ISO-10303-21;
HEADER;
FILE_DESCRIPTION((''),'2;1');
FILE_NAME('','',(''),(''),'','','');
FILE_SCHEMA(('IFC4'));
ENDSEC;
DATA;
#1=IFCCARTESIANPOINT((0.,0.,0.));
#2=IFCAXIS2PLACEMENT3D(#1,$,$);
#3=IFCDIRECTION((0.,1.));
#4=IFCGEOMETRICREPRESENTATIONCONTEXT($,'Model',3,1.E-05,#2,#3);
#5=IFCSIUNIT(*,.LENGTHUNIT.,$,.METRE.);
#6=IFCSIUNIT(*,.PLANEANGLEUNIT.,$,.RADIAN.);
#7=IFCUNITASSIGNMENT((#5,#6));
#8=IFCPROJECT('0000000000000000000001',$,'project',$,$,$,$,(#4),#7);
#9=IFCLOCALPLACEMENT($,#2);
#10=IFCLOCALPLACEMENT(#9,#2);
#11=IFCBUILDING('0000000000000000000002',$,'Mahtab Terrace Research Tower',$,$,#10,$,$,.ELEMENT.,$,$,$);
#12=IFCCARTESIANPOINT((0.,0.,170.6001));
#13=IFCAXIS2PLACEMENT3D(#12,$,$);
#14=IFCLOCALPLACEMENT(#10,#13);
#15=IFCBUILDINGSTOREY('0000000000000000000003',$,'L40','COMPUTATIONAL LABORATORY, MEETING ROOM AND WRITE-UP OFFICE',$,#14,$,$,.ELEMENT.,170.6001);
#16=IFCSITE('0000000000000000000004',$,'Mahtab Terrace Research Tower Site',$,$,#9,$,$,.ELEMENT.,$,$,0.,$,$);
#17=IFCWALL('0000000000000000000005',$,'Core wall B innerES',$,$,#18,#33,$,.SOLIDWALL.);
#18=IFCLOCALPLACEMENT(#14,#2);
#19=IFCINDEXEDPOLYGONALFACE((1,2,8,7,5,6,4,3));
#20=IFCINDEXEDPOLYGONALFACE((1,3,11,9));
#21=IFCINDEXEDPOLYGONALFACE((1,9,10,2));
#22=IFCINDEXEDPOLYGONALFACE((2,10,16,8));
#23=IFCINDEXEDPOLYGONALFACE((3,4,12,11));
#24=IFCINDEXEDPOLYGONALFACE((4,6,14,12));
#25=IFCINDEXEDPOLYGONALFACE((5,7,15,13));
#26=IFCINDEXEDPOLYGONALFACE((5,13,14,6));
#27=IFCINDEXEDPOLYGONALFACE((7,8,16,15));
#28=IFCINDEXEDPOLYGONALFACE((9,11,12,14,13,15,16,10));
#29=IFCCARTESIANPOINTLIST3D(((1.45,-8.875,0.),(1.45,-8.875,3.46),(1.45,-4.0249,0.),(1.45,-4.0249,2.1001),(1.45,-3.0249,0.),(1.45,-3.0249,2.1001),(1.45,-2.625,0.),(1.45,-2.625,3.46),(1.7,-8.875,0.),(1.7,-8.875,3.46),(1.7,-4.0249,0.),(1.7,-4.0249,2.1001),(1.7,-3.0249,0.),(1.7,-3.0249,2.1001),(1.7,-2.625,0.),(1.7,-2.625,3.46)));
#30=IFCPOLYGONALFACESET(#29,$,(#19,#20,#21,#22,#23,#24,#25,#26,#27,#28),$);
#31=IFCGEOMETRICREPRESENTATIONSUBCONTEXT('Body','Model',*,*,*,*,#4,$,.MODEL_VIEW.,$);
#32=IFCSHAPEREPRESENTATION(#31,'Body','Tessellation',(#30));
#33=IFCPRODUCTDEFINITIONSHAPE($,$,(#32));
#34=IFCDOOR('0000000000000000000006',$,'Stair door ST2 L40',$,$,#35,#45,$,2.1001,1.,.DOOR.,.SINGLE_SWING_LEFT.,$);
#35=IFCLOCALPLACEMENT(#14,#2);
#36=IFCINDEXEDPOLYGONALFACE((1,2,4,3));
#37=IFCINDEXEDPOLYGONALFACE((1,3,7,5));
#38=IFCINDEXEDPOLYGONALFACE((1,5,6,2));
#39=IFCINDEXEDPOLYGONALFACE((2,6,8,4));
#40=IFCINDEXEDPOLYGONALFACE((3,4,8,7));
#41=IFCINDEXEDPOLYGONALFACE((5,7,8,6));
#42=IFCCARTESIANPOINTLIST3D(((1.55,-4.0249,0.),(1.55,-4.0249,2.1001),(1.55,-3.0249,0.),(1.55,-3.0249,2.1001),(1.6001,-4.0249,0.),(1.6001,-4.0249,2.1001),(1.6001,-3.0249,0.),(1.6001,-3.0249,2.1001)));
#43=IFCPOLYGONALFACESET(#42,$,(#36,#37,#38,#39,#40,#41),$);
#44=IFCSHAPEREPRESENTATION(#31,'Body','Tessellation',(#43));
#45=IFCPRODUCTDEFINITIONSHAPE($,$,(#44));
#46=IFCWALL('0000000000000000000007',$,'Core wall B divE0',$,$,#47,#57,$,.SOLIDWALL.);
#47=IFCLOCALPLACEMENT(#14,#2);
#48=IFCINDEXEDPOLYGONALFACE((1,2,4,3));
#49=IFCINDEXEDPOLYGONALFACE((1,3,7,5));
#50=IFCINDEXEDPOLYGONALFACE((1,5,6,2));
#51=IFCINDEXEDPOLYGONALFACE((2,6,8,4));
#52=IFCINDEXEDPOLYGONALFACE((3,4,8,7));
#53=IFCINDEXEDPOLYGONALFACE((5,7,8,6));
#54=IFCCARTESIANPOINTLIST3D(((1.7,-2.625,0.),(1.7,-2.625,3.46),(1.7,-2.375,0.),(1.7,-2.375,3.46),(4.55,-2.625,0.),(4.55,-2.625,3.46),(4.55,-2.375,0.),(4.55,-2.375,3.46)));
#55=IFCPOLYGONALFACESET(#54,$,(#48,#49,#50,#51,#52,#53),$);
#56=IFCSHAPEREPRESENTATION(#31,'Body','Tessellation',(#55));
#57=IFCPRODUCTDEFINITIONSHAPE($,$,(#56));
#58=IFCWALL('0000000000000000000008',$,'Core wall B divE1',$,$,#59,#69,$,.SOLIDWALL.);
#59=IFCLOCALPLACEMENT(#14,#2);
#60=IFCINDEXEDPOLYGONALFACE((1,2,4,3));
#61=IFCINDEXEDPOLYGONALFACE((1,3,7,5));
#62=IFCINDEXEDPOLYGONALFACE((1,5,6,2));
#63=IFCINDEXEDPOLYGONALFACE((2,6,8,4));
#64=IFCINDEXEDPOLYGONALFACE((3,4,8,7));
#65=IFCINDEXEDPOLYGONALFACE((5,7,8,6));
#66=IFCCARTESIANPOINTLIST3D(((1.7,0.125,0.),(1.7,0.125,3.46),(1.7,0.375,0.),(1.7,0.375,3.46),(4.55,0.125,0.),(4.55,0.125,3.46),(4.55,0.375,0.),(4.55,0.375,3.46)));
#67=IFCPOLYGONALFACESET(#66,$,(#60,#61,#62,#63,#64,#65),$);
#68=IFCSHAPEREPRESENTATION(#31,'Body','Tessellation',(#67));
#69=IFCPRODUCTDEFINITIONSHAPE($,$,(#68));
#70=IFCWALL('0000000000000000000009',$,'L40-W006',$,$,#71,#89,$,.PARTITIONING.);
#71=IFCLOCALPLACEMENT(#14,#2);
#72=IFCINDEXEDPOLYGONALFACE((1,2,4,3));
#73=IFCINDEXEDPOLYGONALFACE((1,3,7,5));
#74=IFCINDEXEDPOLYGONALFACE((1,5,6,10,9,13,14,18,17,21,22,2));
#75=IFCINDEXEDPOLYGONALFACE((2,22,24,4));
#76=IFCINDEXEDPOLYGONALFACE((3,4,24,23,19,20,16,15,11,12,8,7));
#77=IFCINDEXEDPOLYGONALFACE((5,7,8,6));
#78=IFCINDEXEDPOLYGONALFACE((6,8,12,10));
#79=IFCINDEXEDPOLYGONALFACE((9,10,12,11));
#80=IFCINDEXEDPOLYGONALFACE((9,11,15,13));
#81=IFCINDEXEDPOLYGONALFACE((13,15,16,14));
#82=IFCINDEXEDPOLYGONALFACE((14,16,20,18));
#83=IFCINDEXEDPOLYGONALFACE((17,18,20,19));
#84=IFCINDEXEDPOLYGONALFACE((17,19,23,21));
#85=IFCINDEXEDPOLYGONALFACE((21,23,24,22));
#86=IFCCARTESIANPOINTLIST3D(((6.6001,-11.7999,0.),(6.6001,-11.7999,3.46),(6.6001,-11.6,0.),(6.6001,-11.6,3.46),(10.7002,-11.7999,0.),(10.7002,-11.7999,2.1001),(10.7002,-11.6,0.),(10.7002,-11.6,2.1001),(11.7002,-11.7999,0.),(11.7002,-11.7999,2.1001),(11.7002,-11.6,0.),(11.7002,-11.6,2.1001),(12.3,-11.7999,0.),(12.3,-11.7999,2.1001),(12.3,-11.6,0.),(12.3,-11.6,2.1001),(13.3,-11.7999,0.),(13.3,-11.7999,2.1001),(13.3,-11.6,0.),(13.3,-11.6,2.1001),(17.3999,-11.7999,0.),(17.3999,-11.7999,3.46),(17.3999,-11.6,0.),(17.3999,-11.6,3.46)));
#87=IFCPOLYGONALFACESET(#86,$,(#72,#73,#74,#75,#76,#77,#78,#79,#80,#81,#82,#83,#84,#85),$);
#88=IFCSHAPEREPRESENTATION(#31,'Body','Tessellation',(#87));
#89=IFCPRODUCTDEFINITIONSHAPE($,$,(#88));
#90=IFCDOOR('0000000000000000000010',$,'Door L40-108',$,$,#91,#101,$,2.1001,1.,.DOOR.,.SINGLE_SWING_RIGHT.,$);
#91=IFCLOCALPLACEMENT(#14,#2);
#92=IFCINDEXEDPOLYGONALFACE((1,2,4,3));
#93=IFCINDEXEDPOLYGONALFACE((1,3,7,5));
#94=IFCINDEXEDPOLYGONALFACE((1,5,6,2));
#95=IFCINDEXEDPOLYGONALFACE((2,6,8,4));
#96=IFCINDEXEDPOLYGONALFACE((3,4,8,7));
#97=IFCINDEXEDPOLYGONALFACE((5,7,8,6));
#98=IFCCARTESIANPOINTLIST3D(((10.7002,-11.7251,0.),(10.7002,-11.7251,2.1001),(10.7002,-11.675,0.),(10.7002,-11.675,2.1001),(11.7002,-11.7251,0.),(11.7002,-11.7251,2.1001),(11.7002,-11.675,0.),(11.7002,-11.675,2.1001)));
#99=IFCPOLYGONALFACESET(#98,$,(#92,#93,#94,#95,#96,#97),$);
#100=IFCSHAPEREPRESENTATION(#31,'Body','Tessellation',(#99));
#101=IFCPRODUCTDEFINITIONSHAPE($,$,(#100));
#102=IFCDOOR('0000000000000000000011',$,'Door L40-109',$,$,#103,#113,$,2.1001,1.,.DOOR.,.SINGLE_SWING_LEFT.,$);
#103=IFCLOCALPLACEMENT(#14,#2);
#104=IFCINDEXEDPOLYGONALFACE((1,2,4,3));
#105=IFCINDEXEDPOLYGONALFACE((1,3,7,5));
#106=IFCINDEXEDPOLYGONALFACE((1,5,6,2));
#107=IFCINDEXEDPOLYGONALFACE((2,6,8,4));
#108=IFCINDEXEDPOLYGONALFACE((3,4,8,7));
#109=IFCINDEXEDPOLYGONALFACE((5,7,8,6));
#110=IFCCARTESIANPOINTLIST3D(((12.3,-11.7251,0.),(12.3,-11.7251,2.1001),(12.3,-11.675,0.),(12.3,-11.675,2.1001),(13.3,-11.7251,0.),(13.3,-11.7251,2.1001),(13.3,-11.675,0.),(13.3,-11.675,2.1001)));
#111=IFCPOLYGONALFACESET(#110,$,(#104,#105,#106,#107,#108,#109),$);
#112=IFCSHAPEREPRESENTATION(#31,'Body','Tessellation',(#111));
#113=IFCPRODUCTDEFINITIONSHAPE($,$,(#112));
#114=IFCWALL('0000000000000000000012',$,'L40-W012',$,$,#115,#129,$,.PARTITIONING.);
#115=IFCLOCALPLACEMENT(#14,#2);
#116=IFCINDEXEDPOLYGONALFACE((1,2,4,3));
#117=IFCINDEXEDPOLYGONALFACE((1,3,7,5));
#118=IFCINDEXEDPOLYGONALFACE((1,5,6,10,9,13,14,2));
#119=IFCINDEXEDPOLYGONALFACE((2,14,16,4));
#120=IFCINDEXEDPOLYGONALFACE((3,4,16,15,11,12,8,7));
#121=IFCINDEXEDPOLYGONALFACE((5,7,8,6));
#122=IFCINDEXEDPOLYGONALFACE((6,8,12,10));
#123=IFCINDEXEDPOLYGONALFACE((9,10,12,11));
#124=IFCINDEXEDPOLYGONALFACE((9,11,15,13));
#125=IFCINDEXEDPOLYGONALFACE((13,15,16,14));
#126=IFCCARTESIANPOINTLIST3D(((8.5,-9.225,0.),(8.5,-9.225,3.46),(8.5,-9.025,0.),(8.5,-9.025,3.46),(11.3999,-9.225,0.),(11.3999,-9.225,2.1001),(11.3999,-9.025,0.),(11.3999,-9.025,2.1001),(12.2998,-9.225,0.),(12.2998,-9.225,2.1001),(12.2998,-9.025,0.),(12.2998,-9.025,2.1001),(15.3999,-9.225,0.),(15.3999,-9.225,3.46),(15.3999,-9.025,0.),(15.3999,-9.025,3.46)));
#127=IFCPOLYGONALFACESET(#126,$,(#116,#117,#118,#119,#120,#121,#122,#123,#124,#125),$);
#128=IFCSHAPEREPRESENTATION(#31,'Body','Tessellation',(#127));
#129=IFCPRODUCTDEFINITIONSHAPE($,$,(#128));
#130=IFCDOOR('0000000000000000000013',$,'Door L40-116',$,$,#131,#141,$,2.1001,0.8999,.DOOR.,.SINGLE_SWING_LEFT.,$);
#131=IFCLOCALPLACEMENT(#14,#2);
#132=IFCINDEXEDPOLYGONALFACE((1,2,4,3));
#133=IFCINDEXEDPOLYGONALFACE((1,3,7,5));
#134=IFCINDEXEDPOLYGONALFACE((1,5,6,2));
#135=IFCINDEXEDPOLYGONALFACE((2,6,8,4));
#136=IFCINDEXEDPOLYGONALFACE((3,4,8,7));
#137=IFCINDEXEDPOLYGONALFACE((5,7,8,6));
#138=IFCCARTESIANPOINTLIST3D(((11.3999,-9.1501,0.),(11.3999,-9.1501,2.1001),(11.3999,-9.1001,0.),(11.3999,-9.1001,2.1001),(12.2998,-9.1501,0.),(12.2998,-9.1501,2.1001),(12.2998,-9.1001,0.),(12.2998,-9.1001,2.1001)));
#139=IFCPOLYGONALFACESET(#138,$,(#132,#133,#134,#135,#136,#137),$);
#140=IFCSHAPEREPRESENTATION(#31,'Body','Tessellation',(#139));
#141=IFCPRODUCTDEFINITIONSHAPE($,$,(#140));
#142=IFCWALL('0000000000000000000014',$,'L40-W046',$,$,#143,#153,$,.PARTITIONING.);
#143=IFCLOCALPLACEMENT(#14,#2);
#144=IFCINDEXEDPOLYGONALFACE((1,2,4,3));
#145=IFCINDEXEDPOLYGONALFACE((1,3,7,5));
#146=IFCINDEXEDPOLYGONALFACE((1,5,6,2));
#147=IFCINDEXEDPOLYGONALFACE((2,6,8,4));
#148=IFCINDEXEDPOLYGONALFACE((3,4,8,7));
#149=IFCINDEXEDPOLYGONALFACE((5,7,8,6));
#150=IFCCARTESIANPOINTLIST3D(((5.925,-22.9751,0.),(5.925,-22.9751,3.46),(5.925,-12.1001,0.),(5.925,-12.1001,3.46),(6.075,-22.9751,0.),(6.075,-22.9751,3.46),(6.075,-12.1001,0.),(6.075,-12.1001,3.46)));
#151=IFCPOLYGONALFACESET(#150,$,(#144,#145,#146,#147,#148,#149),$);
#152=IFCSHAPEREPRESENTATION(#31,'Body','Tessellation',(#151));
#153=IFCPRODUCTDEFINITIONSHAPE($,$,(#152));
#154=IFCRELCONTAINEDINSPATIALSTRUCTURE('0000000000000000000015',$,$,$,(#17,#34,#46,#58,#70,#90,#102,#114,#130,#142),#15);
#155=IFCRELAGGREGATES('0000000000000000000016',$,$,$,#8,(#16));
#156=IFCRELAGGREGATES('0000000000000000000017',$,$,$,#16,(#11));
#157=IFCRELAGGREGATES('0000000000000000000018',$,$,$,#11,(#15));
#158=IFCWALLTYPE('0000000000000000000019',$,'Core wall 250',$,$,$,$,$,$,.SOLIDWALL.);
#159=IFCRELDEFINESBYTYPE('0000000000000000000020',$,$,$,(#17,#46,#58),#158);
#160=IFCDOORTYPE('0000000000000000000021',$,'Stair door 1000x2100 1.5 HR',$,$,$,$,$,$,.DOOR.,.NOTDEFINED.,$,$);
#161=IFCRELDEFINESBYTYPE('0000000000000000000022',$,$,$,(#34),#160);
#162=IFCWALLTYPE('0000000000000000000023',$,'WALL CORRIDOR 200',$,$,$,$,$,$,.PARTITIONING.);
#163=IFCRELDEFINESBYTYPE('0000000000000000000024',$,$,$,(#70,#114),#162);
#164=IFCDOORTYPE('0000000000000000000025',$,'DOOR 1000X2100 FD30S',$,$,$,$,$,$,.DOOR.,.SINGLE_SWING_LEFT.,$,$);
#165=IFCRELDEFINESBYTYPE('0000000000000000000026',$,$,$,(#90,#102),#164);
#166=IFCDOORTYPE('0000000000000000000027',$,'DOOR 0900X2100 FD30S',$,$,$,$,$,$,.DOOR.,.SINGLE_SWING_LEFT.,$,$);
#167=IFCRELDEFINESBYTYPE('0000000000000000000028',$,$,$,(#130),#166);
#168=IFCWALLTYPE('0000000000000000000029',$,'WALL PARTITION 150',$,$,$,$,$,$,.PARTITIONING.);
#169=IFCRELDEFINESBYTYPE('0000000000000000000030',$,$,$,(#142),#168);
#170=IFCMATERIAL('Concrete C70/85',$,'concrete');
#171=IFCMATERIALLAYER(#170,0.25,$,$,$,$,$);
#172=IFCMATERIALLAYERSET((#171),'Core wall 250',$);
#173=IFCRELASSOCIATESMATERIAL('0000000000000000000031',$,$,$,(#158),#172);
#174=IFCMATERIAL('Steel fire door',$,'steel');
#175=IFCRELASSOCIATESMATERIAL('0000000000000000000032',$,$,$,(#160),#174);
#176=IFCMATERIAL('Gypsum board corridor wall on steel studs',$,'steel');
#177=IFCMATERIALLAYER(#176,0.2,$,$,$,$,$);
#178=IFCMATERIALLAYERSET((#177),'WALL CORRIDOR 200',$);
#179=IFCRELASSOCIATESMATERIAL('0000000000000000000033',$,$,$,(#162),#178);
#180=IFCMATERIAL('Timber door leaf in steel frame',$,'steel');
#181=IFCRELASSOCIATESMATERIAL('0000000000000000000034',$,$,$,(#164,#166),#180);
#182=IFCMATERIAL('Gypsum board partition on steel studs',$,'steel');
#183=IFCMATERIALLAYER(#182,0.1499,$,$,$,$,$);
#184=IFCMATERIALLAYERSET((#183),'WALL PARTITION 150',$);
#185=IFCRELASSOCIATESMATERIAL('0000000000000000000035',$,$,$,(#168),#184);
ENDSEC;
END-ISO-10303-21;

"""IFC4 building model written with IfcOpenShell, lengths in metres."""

from ifc_helpers import new_model, si_unit, direction, frame, frame_2d, origin, place, context, subcontext, project, spatial, rectangle, extrude, material, layer, layer_set, type_object, element, fill, save


model = new_model("IFC4")

# Units and contexts
model_context = context("Model", 3, precision=1e-05, world=origin(), true_north=direction((0.0, 1.0)))
body_context = subcontext(model_context, "Body", "Model", "MODEL_VIEW")
ifc_project = project(units=[si_unit("LENGTHUNIT", "METRE"), si_unit("PLANEANGLEUNIT", "RADIAN")], contexts=[model_context])

# Site, building, storey
site_placement = place(None, origin())
site = spatial("IfcSite", under=ifc_project, at=site_placement, Name="Mahtab Terrace Research Tower Site", CompositionType="ELEMENT", RefElevation=0.0)
building_placement = place(site_placement, origin())
building = spatial("IfcBuilding", under=site, at=building_placement, Name="Mahtab Terrace Research Tower", CompositionType="ELEMENT")
storey_placement = place(building_placement, frame((0.0, 0.0, 170.6001)))
storey = spatial("IfcBuildingStorey", under=building, at=storey_placement, Name="L40", Description="COMPUTATIONAL LABORATORY, MEETING ROOM AND WRITE-UP OFFICE", CompositionType="ELEMENT", Elevation=170.6001)

# Shared definitions
ifc_material_1 = material(Name="Concrete C70/85", Category="concrete")

# Shared definitions
ifc_layer_1 = layer(ifc_material_1, 0.25)
ifc_layer_set_1 = layer_set([ifc_layer_1], Name="Core wall 250")
wall_type_1 = type_object("IfcWallType", Name="Core wall 250", PredefinedType="SOLIDWALL", material=ifc_layer_set_1)

# Wall, opening, door
ifc_material_2 = material(Name="Steel fire door", Category="steel")
wall_1_placement = place(storey_placement, frame((1.575, -8.875, 0.0), z_axis=(0.0, 0.0, 1.0), x_axis=(0.0, 1.0, 0.0)))
wall_1 = element("IfcWall", 1, at=wall_1_placement, inside=storey, type_object=wall_type_1, Name="Core wall B innerES", PredefinedType="SOLIDWALL", context=body_context, shape_type="SweptSolid", body=[
    extrude(rectangle(XDim=6.25, YDim=0.25, at=frame_2d((3.125, 0.0))), origin(), (0.0, 0.0, 1.0), 3.46),
])
opening_1_placement = place(wall_1_placement, frame((4.8501, 0.0, 0.0)))
opening_1 = element("IfcOpeningElement", 2, at=opening_1_placement, cuts=wall_1, PredefinedType="OPENING", context=body_context, shape_type="SweptSolid", body=[
    extrude(rectangle(XDim=1.0, YDim=2.1001, at=frame_2d((0.5, 1.05))), frame((0.0, 0.135, 0.0), z_axis=(0.0, -1.0, 0.0), x_axis=(1.0, 0.0, 0.0)), (0.0, 0.0, 1.0), 0.27),
])
door_type_1 = type_object("IfcDoorType", Name="Stair door 1000x2100 1.5 HR", OperationType="NOTDEFINED", PredefinedType="DOOR", material=ifc_material_2)
door_1_placement = place(opening_1_placement, origin())
door_1 = element("IfcDoor", 3, at=door_1_placement, inside=storey, type_object=door_type_1, Name="Stair door ST2 L40", OperationType="SINGLE_SWING_LEFT", OverallHeight=2.1001, OverallWidth=1.0, PredefinedType="DOOR", context=body_context, shape_type="SweptSolid", body=[
    extrude(rectangle(XDim=1.0, YDim=2.1001, at=frame_2d((0.5, 1.05))), frame((0.0, 0.0249, 0.0), z_axis=(0.0, -1.0, 0.0), x_axis=(1.0, 0.0, 0.0)), (0.0, 0.0, 1.0), 0.05),
])
fill(opening_1, door_1)

# Walls
for number, where, z_axis, x_axis, name in (
    (4, (1.7, -2.5, 0.0), (0.0, 0.0, 1.0), (1.0, 0.0, 0.0), "Core wall B divE0"),
    (5, (1.7, 0.25, 0.0), (0.0, 0.0, 1.0), (1.0, 0.0, 0.0), "Core wall B divE1"),
):
    element("IfcWall", number, at=place(storey_placement, frame(where, z_axis=z_axis, x_axis=x_axis)), inside=storey, type_object=wall_type_1, Name=name, PredefinedType="SOLIDWALL", context=body_context, shape_type="SweptSolid", body=[
        extrude(rectangle(XDim=2.8501, YDim=0.25, at=frame_2d((1.425, 0.0))), origin(), (0.0, 0.0, 1.0), 3.46),
    ])

# Wall, openings, doors
ifc_material_3 = material(Name="Gypsum board corridor wall on steel studs", Category="steel")
ifc_layer_2 = layer(ifc_material_3, 0.2)
ifc_layer_set_2 = layer_set([ifc_layer_2], Name="WALL CORRIDOR 200")
wall_type_2 = type_object("IfcWallType", Name="WALL CORRIDOR 200", PredefinedType="PARTITIONING", material=ifc_layer_set_2)
wall_2_placement = place(storey_placement, frame((6.6001, -11.7, 0.0), z_axis=(0.0, 0.0, 1.0), x_axis=(1.0, 0.0, 0.0)))
wall_2 = element("IfcWall", 6, at=wall_2_placement, inside=storey, type_object=wall_type_2, Name="L40-W006", PredefinedType="PARTITIONING", context=body_context, shape_type="SweptSolid", body=[
    extrude(rectangle(XDim=10.7998, YDim=0.2, at=frame_2d((5.3999, 0.0))), origin(), (0.0, 0.0, 1.0), 3.46),
])
opening_2_placement = place(wall_2_placement, frame((4.1001, 0.0, 0.0)))
opening_2 = element("IfcOpeningElement", 7, at=opening_2_placement, cuts=wall_2, PredefinedType="OPENING", context=body_context, shape_type="SweptSolid", body=[
    extrude(rectangle(XDim=1.0, YDim=2.1001, at=frame_2d((0.5, 1.05))), frame((0.0, 0.1099, 0.0), z_axis=(0.0, -1.0, 0.0), x_axis=(1.0, 0.0, 0.0)), (0.0, 0.0, 1.0), 0.22),
])
opening_3_placement = place(wall_2_placement, frame((5.7, 0.0, 0.0)))
opening_3 = element("IfcOpeningElement", 8, at=opening_3_placement, cuts=wall_2, PredefinedType="OPENING", context=body_context, shape_type="SweptSolid", body=[
    extrude(rectangle(XDim=1.0, YDim=2.1001, at=frame_2d((0.5, 1.05))), frame((0.0, 0.1099, 0.0), z_axis=(0.0, -1.0, 0.0), x_axis=(1.0, 0.0, 0.0)), (0.0, 0.0, 1.0), 0.22),
])
ifc_material_4 = material(Name="Timber door leaf in steel frame", Category="steel")
door_type_2 = type_object("IfcDoorType", Name="DOOR 1000X2100 FD30S", OperationType="SINGLE_SWING_LEFT", PredefinedType="DOOR", material=ifc_material_4)
door_2_placement = place(opening_2_placement, origin())
door_2 = element("IfcDoor", 9, at=door_2_placement, inside=storey, type_object=door_type_2, Name="Door L40-108", OperationType="SINGLE_SWING_RIGHT", OverallHeight=2.1001, OverallWidth=1.0, PredefinedType="DOOR", context=body_context, shape_type="SweptSolid", body=[
    extrude(rectangle(XDim=1.0, YDim=2.1001, at=frame_2d((0.5, 1.05))), frame((0.0, 0.0249, 0.0), z_axis=(0.0, -1.0, 0.0), x_axis=(1.0, 0.0, 0.0)), (0.0, 0.0, 1.0), 0.05),
])
fill(opening_2, door_2)
door_3_placement = place(opening_3_placement, origin())
door_3 = element("IfcDoor", 10, at=door_3_placement, inside=storey, type_object=door_type_2, Name="Door L40-109", OperationType="SINGLE_SWING_LEFT", OverallHeight=2.1001, OverallWidth=1.0, PredefinedType="DOOR", context=body_context, shape_type="SweptSolid", body=[
    extrude(rectangle(XDim=1.0, YDim=2.1001, at=frame_2d((0.5, 1.05))), frame((0.0, 0.0249, 0.0), z_axis=(0.0, -1.0, 0.0), x_axis=(1.0, 0.0, 0.0)), (0.0, 0.0, 1.0), 0.05),
])
fill(opening_3, door_3)

# Wall, opening, door
wall_3_placement = place(storey_placement, frame((8.5, -9.125, 0.0), z_axis=(0.0, 0.0, 1.0), x_axis=(1.0, 0.0, 0.0)))
wall_3 = element("IfcWall", 11, at=wall_3_placement, inside=storey, type_object=wall_type_2, Name="L40-W012", PredefinedType="PARTITIONING", context=body_context, shape_type="SweptSolid", body=[
    extrude(rectangle(XDim=6.8999, YDim=0.2, at=frame_2d((3.45, 0.0))), origin(), (0.0, 0.0, 1.0), 3.46),
])
opening_4_placement = place(wall_3_placement, frame((2.8999, 0.0, 0.0)))
opening_4 = element("IfcOpeningElement", 12, at=opening_4_placement, cuts=wall_3, PredefinedType="OPENING", context=body_context, shape_type="SweptSolid", body=[
    extrude(rectangle(XDim=0.8999, YDim=2.1001, at=frame_2d((0.45, 1.05))), frame((0.0, 0.1099, 0.0), z_axis=(0.0, -1.0, 0.0), x_axis=(1.0, 0.0, 0.0)), (0.0, 0.0, 1.0), 0.22),
])
door_type_3 = type_object("IfcDoorType", Name="DOOR 0900X2100 FD30S", OperationType="SINGLE_SWING_LEFT", PredefinedType="DOOR", material=ifc_material_4)
door_4_placement = place(opening_4_placement, origin())
door_4 = element("IfcDoor", 13, at=door_4_placement, inside=storey, type_object=door_type_3, Name="Door L40-116", OperationType="SINGLE_SWING_LEFT", OverallHeight=2.1001, OverallWidth=0.8999, PredefinedType="DOOR", context=body_context, shape_type="SweptSolid", body=[
    extrude(rectangle(XDim=0.8999, YDim=2.1001, at=frame_2d((0.45, 1.05))), frame((0.0, 0.0249, 0.0), z_axis=(0.0, -1.0, 0.0), x_axis=(1.0, 0.0, 0.0)), (0.0, 0.0, 1.0), 0.05),
])
fill(opening_4, door_4)

# Wall
ifc_material_5 = material(Name="Gypsum board partition on steel studs", Category="steel")
ifc_layer_3 = layer(ifc_material_5, 0.1499)
ifc_layer_set_3 = layer_set([ifc_layer_3], Name="WALL PARTITION 150")
wall_type_3 = type_object("IfcWallType", Name="WALL PARTITION 150", PredefinedType="PARTITIONING", material=ifc_layer_set_3)
wall_4_placement = place(storey_placement, frame((6.0, -22.9751, 0.0), z_axis=(0.0, 0.0, 1.0), x_axis=(0.0, 1.0, 0.0)))
element("IfcWall", 14, at=wall_4_placement, inside=storey, type_object=wall_type_3, Name="L40-W046", PredefinedType="PARTITIONING", context=body_context, shape_type="SweptSolid", body=[
    extrude(rectangle(XDim=10.875, YDim=0.1499, at=frame_2d((5.4375, 0.0))), origin(), (0.0, 0.0, 1.0), 3.46),
])

save(model, "model.ifc")
